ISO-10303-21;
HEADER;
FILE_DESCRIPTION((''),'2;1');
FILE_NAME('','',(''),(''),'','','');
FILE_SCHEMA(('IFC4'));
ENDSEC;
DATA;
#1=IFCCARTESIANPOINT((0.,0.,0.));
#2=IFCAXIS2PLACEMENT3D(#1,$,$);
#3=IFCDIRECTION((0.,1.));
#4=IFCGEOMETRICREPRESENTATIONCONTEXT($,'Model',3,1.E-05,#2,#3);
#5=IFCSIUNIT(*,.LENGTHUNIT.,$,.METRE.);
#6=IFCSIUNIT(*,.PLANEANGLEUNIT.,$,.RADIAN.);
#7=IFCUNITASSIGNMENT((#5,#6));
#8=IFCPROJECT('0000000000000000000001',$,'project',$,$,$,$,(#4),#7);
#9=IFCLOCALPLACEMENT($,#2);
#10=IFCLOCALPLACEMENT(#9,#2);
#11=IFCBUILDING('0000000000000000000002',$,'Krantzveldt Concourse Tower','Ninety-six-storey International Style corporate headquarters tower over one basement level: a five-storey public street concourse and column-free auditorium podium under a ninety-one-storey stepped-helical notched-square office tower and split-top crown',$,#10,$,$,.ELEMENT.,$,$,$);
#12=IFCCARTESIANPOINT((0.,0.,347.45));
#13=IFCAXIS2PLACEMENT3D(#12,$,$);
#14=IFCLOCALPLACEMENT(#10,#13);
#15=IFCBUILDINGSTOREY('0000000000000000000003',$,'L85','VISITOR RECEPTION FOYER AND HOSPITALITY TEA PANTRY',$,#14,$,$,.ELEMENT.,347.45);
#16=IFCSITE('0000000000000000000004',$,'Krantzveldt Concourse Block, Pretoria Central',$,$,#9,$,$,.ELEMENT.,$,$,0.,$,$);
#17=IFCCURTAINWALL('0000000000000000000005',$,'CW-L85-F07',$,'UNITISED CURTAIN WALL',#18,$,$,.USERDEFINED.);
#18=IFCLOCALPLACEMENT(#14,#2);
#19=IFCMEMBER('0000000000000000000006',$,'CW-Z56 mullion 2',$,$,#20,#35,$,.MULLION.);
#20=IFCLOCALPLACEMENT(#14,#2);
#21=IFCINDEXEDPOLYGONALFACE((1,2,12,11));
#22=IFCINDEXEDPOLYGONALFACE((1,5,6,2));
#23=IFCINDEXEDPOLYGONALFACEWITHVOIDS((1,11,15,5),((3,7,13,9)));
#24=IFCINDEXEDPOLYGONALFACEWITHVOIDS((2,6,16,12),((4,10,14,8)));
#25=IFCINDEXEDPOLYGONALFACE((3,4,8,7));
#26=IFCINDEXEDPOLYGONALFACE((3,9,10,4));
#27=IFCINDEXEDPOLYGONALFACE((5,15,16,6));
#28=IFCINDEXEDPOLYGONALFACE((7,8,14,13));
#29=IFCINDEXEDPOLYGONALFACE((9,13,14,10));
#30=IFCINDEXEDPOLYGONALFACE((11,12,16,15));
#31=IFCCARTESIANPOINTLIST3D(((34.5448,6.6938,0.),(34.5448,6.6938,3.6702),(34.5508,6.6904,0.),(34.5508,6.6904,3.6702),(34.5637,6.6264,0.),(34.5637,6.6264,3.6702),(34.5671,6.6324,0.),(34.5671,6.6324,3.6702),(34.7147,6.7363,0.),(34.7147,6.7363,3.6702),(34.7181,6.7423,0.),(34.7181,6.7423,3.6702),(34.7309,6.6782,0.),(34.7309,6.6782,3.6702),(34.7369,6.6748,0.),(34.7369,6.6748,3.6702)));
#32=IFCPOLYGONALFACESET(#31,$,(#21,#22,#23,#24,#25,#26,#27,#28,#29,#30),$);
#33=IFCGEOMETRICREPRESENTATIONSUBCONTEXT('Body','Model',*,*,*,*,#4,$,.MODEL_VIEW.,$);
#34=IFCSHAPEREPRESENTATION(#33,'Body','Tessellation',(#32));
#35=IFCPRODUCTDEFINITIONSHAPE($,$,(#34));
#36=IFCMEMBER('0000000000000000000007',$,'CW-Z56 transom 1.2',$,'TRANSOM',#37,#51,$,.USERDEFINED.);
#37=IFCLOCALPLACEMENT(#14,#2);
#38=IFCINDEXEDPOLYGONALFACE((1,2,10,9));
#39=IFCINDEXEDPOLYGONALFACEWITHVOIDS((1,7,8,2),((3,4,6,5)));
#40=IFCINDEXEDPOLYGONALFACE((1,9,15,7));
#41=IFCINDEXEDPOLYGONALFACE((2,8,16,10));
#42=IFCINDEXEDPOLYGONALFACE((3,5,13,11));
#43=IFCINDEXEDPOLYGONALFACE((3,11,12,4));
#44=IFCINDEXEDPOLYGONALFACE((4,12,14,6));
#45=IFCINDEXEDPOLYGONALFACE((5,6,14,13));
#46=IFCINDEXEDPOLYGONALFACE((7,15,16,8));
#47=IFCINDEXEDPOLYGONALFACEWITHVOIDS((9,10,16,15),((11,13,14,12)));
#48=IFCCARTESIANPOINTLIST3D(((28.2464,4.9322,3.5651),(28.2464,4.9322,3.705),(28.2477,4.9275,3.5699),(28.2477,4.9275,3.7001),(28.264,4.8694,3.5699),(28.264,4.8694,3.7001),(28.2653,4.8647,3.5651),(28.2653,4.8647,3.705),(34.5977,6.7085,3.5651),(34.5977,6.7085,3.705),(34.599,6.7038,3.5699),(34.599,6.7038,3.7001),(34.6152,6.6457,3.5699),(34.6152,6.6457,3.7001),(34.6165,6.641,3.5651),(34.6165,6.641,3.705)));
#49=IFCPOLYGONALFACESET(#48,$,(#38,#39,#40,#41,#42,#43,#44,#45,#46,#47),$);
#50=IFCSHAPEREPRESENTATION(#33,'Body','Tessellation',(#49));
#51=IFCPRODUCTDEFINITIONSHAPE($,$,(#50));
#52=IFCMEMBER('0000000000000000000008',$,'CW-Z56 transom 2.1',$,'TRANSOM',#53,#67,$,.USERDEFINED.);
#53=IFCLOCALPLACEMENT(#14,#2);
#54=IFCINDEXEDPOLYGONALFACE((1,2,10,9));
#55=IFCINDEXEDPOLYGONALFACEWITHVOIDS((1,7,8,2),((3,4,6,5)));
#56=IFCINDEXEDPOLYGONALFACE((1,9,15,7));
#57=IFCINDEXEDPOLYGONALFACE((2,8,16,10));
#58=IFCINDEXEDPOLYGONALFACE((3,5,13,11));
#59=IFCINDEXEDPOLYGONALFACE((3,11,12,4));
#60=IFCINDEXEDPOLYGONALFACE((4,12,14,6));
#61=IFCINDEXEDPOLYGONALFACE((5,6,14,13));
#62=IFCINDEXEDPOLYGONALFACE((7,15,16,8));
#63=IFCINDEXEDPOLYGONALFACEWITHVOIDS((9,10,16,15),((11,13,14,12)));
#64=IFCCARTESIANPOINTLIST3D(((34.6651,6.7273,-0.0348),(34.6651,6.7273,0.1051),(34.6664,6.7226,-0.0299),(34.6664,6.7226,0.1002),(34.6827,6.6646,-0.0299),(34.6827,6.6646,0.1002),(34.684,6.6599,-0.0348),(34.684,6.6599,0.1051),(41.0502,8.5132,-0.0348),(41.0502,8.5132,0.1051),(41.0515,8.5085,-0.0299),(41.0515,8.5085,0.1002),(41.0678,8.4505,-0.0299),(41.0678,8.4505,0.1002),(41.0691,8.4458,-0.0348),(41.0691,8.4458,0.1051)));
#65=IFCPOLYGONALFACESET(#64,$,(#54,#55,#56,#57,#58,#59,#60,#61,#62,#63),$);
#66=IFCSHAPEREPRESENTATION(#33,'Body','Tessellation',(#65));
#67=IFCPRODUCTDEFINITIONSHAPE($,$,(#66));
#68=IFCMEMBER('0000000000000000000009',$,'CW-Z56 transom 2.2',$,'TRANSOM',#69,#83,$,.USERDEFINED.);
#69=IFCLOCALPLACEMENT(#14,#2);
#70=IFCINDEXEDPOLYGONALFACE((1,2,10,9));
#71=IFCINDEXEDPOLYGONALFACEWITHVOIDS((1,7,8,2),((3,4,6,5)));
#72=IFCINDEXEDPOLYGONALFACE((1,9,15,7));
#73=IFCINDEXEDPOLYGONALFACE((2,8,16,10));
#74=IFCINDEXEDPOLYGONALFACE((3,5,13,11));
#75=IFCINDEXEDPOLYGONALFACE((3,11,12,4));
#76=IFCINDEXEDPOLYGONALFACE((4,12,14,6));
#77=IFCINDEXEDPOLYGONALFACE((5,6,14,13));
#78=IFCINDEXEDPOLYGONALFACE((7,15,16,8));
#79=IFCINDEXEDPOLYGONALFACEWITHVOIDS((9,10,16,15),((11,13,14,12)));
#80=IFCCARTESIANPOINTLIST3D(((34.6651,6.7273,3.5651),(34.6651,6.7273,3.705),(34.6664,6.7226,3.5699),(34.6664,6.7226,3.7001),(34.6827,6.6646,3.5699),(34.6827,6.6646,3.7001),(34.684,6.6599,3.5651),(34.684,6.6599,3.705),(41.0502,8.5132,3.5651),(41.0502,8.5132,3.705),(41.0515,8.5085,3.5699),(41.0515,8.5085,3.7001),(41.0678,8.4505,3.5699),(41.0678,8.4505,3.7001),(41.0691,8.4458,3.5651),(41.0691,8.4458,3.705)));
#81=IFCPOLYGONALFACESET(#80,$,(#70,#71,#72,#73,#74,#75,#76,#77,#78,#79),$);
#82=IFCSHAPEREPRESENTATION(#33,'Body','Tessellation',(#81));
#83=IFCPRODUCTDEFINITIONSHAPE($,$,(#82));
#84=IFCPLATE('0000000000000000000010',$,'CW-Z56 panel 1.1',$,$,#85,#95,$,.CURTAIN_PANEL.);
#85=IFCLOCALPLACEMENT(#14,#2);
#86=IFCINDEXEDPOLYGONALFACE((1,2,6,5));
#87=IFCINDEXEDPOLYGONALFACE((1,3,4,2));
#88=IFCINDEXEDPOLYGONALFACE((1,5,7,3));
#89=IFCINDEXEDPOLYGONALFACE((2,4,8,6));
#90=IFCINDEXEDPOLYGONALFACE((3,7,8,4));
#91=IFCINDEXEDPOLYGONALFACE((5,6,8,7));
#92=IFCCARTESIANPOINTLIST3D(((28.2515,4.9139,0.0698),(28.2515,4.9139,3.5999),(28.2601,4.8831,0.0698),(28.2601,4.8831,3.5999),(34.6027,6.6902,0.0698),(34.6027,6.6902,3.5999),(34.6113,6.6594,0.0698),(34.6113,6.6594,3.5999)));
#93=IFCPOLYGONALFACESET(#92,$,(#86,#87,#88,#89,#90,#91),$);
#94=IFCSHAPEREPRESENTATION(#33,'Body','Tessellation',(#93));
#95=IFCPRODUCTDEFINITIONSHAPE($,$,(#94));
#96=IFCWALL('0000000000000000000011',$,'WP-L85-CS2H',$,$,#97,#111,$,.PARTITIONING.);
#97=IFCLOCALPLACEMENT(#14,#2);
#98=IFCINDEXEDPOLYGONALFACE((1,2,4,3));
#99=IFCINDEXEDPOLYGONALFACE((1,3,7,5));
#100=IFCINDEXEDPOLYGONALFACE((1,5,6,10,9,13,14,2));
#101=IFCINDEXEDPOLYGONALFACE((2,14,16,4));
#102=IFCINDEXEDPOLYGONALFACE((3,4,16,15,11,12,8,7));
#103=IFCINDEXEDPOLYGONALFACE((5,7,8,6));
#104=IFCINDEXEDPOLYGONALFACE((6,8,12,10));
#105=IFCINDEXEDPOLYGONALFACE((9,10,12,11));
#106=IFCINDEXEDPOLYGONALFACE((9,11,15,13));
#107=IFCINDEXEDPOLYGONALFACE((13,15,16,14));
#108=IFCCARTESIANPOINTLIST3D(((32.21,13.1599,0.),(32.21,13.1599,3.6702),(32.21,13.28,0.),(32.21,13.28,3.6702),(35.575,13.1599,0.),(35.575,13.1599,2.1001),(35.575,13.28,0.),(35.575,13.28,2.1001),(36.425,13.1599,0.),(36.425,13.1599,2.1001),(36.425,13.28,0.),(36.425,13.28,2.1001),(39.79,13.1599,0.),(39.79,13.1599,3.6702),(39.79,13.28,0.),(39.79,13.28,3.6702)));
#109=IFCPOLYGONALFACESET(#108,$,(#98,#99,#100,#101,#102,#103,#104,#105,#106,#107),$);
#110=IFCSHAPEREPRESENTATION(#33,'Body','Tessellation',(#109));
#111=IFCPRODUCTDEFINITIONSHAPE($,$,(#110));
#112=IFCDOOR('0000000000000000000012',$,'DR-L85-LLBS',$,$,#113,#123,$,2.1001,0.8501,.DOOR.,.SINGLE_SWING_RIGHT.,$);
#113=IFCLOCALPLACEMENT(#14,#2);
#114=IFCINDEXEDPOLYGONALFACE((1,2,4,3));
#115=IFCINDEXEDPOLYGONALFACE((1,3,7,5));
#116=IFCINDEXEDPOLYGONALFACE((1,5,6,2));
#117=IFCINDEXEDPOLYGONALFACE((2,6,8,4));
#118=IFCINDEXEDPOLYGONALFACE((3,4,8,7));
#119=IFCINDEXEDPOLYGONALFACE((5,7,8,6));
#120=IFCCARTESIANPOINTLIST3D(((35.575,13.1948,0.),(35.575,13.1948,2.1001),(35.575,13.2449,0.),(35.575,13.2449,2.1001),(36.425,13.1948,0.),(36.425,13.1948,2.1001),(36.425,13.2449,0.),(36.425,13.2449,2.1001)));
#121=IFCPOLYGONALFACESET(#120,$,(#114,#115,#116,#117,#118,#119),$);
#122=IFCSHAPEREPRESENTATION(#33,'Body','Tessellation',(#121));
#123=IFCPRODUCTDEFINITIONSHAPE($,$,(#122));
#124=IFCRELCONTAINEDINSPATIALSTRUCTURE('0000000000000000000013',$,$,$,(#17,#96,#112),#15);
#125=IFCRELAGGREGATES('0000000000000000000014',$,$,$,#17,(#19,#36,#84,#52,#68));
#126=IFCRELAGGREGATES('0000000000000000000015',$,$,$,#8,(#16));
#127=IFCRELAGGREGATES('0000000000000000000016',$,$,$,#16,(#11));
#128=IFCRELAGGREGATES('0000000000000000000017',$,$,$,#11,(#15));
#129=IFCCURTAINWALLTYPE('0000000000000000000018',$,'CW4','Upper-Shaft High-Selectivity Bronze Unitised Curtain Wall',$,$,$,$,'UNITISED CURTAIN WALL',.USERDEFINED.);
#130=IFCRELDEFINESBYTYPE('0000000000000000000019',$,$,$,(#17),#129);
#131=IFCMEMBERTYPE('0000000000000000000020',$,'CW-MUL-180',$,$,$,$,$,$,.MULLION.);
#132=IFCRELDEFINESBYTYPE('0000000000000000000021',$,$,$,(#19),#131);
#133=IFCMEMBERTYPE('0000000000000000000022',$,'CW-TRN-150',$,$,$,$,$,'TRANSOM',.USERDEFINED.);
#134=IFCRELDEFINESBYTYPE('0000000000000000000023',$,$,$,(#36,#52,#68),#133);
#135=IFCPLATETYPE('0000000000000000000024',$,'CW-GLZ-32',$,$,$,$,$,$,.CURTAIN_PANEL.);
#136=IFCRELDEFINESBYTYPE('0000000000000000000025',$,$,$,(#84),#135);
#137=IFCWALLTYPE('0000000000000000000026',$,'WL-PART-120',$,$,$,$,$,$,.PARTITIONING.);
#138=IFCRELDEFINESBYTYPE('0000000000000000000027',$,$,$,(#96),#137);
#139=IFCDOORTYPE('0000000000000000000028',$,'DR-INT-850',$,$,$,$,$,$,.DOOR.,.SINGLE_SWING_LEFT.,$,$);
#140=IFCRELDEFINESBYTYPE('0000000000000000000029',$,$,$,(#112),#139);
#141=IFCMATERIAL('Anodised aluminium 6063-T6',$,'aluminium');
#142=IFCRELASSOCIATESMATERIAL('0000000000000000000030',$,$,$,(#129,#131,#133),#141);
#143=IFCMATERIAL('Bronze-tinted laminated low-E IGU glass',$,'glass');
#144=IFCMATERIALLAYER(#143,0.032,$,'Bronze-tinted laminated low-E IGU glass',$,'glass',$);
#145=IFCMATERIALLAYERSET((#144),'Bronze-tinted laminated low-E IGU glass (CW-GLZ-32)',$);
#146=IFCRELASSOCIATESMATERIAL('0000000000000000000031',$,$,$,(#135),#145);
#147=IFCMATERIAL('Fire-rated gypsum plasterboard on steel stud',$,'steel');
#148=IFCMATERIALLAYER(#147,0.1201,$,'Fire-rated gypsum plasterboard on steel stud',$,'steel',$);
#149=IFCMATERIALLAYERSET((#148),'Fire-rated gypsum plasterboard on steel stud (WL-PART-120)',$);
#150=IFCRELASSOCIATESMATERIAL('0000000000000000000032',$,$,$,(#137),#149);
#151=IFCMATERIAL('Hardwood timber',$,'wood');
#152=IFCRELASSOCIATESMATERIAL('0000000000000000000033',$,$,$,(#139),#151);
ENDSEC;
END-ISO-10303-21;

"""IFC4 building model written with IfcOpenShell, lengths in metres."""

from ifc_helpers import new_model, si_unit, direction, frame, frame_2d, origin, origin_2d, place, context, subcontext, project, spatial, rectangle, hollow_rectangle, extrude, source, transform, mapped, material, layer, layer_set, material_profile, profile_set, type_object, type_shapes, element, fill, aggregate, save


model = new_model("IFC4")

# Units and contexts
model_context = context("Model", 3, precision=1e-05, world=origin(), true_north=direction((0.0, 1.0)))
body_context = subcontext(model_context, "Body", "Model", "MODEL_VIEW")
ifc_project = project(units=[si_unit("LENGTHUNIT", "METRE"), si_unit("PLANEANGLEUNIT", "RADIAN")], contexts=[model_context])

# Site, building, storey
site_placement = place(None, origin())
site = spatial("IfcSite", under=ifc_project, at=site_placement, Name="Krantzveldt Concourse Block, Pretoria Central", CompositionType="ELEMENT", RefElevation=0.0)
building_placement = place(site_placement, origin())
building = spatial("IfcBuilding", under=site, at=building_placement, Name="Krantzveldt Concourse Tower", Description="Ninety-six-storey International Style corporate headquarters tower over one basement level: a five-storey public street concourse and column-free auditorium podium under a ninety-one-storey stepped-helical notched-square office tower and split-top crown", CompositionType="ELEMENT")
storey_placement = place(building_placement, frame((0.0, 0.0, 347.45)))
storey = spatial("IfcBuildingStorey", under=building, at=storey_placement, Name="L85", Description="VISITOR RECEPTION FOYER AND HOSPITALITY TEA PANTRY", CompositionType="ELEMENT", Elevation=347.45)

# Curtain wall, members, plate
ifc_material_1 = material(Name="Anodised aluminium 6063-T6", Category="aluminium")
curtain_wall_type = type_object("IfcCurtainWallType", Name="CW4", Description="Upper-Shaft High-Selectivity Bronze Unitised Curtain Wall", ElementType="UNITISED CURTAIN WALL", PredefinedType="USERDEFINED", material=ifc_material_1)
curtain_wall_placement = place(storey_placement, origin())
curtain_wall = element("IfcCurtainWall", 1, at=curtain_wall_placement, inside=storey, type_object=curtain_wall_type, Name="CW-L85-F07", ObjectType="UNITISED CURTAIN WALL", PredefinedType="USERDEFINED")
ifc_material_profile_1 = material_profile(ifc_material_1, hollow_rectangle(XDim=0.0701, YDim=0.1799, WallThickness=0.0049, at=origin_2d()), Name="Anodised aluminium 6063-T6", Category="aluminium")
ifc_profile_set_1 = profile_set([ifc_material_profile_1], Name="Anodised aluminium 6063-T6 - ALU-MULL 180x70x5")
member_type_1 = type_object("IfcMemberType", Name="CW-MUL-180", PredefinedType="MULLION", material=ifc_profile_set_1)
shared_shape_1 = source(origin(), body_context, "Body", "SweptSolid", [
    extrude(hollow_rectangle(XDim=0.0701, YDim=0.1799, WallThickness=0.0049, at=origin_2d()), origin(), (0.0, 0.0, 1.0), 3.6702),
])
type_shapes(member_type_1, [shared_shape_1])
member_1_placement = place(storey_placement, frame((34.6409, 6.6843, 0.0), z_axis=(0.0, 0.0, 1.0), x_axis=(-0.26934, 0.963045, 0.0)))
member_1 = element("IfcMember", 2, at=member_1_placement, type_object=member_type_1, Name="CW-Z56 mullion 2", PredefinedType="MULLION", context=body_context, shape_type="MappedRepresentation", body=[
    mapped(shared_shape_1, transform((0.0, 0.0, 0.0), x_axis=(1.0, 0.0, 0.0), y_axis=(0.0, 1.0, 0.0), z_axis=(0.0, 0.0, 1.0), scale=1.0)),
])
ifc_material_profile_2 = material_profile(ifc_material_1, hollow_rectangle(XDim=0.0701, YDim=0.1399, WallThickness=0.0049, at=origin_2d()), Name="Anodised aluminium 6063-T6", Category="aluminium")
ifc_profile_set_2 = profile_set([ifc_material_profile_2], Name="Anodised aluminium 6063-T6 - ALU-TRAN 140x70x5")
member_type_2 = type_object("IfcMemberType", Name="CW-TRN-150", ElementType="TRANSOM", PredefinedType="USERDEFINED", material=ifc_profile_set_2)
shared_shape_2 = source(origin(), body_context, "Body", "SweptSolid", [
    extrude(hollow_rectangle(XDim=0.0701, YDim=0.1399, WallThickness=0.0049, at=origin_2d()), origin(), (0.0, 0.0, 1.0), 6.595),
])
member_2_placement = place(storey_placement, frame((28.2559, 4.8984, 3.635), z_axis=(0.963043, 0.269348, 0.0), x_axis=(-0.269348, 0.963043, 0.0)))
member_2 = element("IfcMember", 3, at=member_2_placement, type_object=member_type_2, Name="CW-Z56 transom 1.2", ObjectType="TRANSOM", PredefinedType="USERDEFINED", context=body_context, shape_type="MappedRepresentation", body=[
    mapped(shared_shape_2, transform((0.0, 0.0, 0.0), x_axis=(1.0, 0.0, 0.0), y_axis=(0.0, 1.0, 0.0), z_axis=(0.0, 0.0, 1.0), scale=1.0)),
])
shared_shape_3 = source(origin(), body_context, "Body", "SweptSolid", [
    extrude(hollow_rectangle(XDim=0.0701, YDim=0.1399, WallThickness=0.0049, at=origin_2d()), origin(), (0.0, 0.0, 1.0), 6.6301),
])
type_shapes(member_type_2, [shared_shape_2, shared_shape_3])
member_3_placement = place(storey_placement, frame((34.6746, 6.6936, 0.0352), z_axis=(0.963039, 0.269362, 0.0), x_axis=(-0.269362, 0.963039, 0.0)))
member_3 = element("IfcMember", 4, at=member_3_placement, type_object=member_type_2, Name="CW-Z56 transom 2.1", ObjectType="TRANSOM", PredefinedType="USERDEFINED", context=body_context, shape_type="MappedRepresentation", body=[
    mapped(shared_shape_3, transform((0.0, 0.0, 0.0), x_axis=(1.0, 0.0, 0.0), y_axis=(0.0, 1.0, 0.0), z_axis=(0.0, 0.0, 1.0), scale=1.0)),
])
member_4_placement = place(storey_placement, frame((34.6746, 6.6936, 3.635), z_axis=(0.963039, 0.269362, 0.0), x_axis=(-0.269362, 0.963039, 0.0)))
member_4 = element("IfcMember", 5, at=member_4_placement, type_object=member_type_2, Name="CW-Z56 transom 2.2", ObjectType="TRANSOM", PredefinedType="USERDEFINED", context=body_context, shape_type="MappedRepresentation", body=[
    mapped(shared_shape_3, transform((0.0, 0.0, 0.0), x_axis=(1.0, 0.0, 0.0), y_axis=(0.0, 1.0, 0.0), z_axis=(0.0, 0.0, 1.0), scale=1.0)),
])
ifc_material_2 = material(Name="Bronze-tinted laminated low-E IGU glass", Category="glass")
ifc_layer_1 = layer(ifc_material_2, 0.032, Name="Bronze-tinted laminated low-E IGU glass", Category="glass")
ifc_layer_set_1 = layer_set([ifc_layer_1], Name="Bronze-tinted laminated low-E IGU glass (CW-GLZ-32)")
plate_type = type_object("IfcPlateType", Name="CW-GLZ-32", PredefinedType="CURTAIN_PANEL", material=ifc_layer_set_1)
shared_shape_4 = source(origin(), body_context, "Body", "SweptSolid", [
    extrude(rectangle(XDim=6.595, YDim=0.032, at=origin_2d()), origin(), (0.0, 0.0, 1.0), 3.53),
])
type_shapes(plate_type, [shared_shape_4])
plate_placement = place(storey_placement, frame((31.4314, 5.7866, 0.0698), z_axis=(0.0, 0.0, 1.0), x_axis=(0.963045, 0.26934, 0.0)))
plate = element("IfcPlate", 6, at=plate_placement, type_object=plate_type, Name="CW-Z56 panel 1.1", PredefinedType="CURTAIN_PANEL", context=body_context, shape_type="MappedRepresentation", body=[
    mapped(shared_shape_4, transform((0.0, 0.0, 0.0), x_axis=(1.0, 0.0, 0.0), y_axis=(0.0, 1.0, 0.0), z_axis=(0.0, 0.0, 1.0), scale=1.0)),
])
aggregate(curtain_wall, [member_1, member_2, plate, member_3, member_4])

# Wall, opening, door
ifc_material_3 = material(Name="Fire-rated gypsum plasterboard on steel stud", Category="steel")
ifc_layer_2 = layer(ifc_material_3, 0.1201, Name="Fire-rated gypsum plasterboard on steel stud", Category="steel")
ifc_layer_set_2 = layer_set([ifc_layer_2], Name="Fire-rated gypsum plasterboard on steel stud (WL-PART-120)")
wall_type_1 = type_object("IfcWallType", Name="WL-PART-120", PredefinedType="PARTITIONING", material=ifc_layer_set_2)
wall_1_placement = place(storey_placement, frame((32.21, 13.22, 0.0), z_axis=(0.0, 0.0, 1.0), x_axis=(1.0, 0.0, 0.0)))
wall_1 = element("IfcWall", 7, at=wall_1_placement, inside=storey, type_object=wall_type_1, Name="WP-L85-CS2H", PredefinedType="PARTITIONING", context=body_context, shape_type="SweptSolid", body=[
    extrude(rectangle(XDim=7.5801, YDim=0.1201, at=frame_2d((3.79, 0.0))), origin(), (0.0, 0.0, 1.0), 3.6702),
])
opening_1_placement = place(wall_1_placement, frame((3.365, 0.0, 0.0)))
opening_1 = element("IfcOpeningElement", 8, at=opening_1_placement, cuts=wall_1, PredefinedType="OPENING", context=body_context, shape_type="SweptSolid", body=[
    extrude(rectangle(XDim=0.8501, YDim=2.1001, at=frame_2d((0.425, 1.05))), frame((0.0, 0.0701, 0.0), z_axis=(0.0, -1.0, 0.0), x_axis=(1.0, 0.0, 0.0)), (0.0, 0.0, 1.0), 0.1401),
])
ifc_material_4 = material(Name="Hardwood timber", Category="wood")
door_type_1 = type_object("IfcDoorType", Name="DR-INT-850", OperationType="SINGLE_SWING_LEFT", PredefinedType="DOOR", material=ifc_material_4)
door_1_placement = place(opening_1_placement, origin())
door_1 = element("IfcDoor", 9, at=door_1_placement, inside=storey, type_object=door_type_1, Name="DR-L85-LLBS", OperationType="SINGLE_SWING_RIGHT", OverallHeight=2.1001, OverallWidth=0.8501, PredefinedType="DOOR", context=body_context, shape_type="SweptSolid", body=[
    extrude(rectangle(XDim=0.8501, YDim=2.1001, at=frame_2d((0.425, 1.05))), frame((0.0, 0.0249, 0.0), z_axis=(0.0, -1.0, 0.0), x_axis=(1.0, 0.0, 0.0)), (0.0, 0.0, 1.0), 0.05),
])
fill(opening_1, door_1)

save(model, "model.ifc")
